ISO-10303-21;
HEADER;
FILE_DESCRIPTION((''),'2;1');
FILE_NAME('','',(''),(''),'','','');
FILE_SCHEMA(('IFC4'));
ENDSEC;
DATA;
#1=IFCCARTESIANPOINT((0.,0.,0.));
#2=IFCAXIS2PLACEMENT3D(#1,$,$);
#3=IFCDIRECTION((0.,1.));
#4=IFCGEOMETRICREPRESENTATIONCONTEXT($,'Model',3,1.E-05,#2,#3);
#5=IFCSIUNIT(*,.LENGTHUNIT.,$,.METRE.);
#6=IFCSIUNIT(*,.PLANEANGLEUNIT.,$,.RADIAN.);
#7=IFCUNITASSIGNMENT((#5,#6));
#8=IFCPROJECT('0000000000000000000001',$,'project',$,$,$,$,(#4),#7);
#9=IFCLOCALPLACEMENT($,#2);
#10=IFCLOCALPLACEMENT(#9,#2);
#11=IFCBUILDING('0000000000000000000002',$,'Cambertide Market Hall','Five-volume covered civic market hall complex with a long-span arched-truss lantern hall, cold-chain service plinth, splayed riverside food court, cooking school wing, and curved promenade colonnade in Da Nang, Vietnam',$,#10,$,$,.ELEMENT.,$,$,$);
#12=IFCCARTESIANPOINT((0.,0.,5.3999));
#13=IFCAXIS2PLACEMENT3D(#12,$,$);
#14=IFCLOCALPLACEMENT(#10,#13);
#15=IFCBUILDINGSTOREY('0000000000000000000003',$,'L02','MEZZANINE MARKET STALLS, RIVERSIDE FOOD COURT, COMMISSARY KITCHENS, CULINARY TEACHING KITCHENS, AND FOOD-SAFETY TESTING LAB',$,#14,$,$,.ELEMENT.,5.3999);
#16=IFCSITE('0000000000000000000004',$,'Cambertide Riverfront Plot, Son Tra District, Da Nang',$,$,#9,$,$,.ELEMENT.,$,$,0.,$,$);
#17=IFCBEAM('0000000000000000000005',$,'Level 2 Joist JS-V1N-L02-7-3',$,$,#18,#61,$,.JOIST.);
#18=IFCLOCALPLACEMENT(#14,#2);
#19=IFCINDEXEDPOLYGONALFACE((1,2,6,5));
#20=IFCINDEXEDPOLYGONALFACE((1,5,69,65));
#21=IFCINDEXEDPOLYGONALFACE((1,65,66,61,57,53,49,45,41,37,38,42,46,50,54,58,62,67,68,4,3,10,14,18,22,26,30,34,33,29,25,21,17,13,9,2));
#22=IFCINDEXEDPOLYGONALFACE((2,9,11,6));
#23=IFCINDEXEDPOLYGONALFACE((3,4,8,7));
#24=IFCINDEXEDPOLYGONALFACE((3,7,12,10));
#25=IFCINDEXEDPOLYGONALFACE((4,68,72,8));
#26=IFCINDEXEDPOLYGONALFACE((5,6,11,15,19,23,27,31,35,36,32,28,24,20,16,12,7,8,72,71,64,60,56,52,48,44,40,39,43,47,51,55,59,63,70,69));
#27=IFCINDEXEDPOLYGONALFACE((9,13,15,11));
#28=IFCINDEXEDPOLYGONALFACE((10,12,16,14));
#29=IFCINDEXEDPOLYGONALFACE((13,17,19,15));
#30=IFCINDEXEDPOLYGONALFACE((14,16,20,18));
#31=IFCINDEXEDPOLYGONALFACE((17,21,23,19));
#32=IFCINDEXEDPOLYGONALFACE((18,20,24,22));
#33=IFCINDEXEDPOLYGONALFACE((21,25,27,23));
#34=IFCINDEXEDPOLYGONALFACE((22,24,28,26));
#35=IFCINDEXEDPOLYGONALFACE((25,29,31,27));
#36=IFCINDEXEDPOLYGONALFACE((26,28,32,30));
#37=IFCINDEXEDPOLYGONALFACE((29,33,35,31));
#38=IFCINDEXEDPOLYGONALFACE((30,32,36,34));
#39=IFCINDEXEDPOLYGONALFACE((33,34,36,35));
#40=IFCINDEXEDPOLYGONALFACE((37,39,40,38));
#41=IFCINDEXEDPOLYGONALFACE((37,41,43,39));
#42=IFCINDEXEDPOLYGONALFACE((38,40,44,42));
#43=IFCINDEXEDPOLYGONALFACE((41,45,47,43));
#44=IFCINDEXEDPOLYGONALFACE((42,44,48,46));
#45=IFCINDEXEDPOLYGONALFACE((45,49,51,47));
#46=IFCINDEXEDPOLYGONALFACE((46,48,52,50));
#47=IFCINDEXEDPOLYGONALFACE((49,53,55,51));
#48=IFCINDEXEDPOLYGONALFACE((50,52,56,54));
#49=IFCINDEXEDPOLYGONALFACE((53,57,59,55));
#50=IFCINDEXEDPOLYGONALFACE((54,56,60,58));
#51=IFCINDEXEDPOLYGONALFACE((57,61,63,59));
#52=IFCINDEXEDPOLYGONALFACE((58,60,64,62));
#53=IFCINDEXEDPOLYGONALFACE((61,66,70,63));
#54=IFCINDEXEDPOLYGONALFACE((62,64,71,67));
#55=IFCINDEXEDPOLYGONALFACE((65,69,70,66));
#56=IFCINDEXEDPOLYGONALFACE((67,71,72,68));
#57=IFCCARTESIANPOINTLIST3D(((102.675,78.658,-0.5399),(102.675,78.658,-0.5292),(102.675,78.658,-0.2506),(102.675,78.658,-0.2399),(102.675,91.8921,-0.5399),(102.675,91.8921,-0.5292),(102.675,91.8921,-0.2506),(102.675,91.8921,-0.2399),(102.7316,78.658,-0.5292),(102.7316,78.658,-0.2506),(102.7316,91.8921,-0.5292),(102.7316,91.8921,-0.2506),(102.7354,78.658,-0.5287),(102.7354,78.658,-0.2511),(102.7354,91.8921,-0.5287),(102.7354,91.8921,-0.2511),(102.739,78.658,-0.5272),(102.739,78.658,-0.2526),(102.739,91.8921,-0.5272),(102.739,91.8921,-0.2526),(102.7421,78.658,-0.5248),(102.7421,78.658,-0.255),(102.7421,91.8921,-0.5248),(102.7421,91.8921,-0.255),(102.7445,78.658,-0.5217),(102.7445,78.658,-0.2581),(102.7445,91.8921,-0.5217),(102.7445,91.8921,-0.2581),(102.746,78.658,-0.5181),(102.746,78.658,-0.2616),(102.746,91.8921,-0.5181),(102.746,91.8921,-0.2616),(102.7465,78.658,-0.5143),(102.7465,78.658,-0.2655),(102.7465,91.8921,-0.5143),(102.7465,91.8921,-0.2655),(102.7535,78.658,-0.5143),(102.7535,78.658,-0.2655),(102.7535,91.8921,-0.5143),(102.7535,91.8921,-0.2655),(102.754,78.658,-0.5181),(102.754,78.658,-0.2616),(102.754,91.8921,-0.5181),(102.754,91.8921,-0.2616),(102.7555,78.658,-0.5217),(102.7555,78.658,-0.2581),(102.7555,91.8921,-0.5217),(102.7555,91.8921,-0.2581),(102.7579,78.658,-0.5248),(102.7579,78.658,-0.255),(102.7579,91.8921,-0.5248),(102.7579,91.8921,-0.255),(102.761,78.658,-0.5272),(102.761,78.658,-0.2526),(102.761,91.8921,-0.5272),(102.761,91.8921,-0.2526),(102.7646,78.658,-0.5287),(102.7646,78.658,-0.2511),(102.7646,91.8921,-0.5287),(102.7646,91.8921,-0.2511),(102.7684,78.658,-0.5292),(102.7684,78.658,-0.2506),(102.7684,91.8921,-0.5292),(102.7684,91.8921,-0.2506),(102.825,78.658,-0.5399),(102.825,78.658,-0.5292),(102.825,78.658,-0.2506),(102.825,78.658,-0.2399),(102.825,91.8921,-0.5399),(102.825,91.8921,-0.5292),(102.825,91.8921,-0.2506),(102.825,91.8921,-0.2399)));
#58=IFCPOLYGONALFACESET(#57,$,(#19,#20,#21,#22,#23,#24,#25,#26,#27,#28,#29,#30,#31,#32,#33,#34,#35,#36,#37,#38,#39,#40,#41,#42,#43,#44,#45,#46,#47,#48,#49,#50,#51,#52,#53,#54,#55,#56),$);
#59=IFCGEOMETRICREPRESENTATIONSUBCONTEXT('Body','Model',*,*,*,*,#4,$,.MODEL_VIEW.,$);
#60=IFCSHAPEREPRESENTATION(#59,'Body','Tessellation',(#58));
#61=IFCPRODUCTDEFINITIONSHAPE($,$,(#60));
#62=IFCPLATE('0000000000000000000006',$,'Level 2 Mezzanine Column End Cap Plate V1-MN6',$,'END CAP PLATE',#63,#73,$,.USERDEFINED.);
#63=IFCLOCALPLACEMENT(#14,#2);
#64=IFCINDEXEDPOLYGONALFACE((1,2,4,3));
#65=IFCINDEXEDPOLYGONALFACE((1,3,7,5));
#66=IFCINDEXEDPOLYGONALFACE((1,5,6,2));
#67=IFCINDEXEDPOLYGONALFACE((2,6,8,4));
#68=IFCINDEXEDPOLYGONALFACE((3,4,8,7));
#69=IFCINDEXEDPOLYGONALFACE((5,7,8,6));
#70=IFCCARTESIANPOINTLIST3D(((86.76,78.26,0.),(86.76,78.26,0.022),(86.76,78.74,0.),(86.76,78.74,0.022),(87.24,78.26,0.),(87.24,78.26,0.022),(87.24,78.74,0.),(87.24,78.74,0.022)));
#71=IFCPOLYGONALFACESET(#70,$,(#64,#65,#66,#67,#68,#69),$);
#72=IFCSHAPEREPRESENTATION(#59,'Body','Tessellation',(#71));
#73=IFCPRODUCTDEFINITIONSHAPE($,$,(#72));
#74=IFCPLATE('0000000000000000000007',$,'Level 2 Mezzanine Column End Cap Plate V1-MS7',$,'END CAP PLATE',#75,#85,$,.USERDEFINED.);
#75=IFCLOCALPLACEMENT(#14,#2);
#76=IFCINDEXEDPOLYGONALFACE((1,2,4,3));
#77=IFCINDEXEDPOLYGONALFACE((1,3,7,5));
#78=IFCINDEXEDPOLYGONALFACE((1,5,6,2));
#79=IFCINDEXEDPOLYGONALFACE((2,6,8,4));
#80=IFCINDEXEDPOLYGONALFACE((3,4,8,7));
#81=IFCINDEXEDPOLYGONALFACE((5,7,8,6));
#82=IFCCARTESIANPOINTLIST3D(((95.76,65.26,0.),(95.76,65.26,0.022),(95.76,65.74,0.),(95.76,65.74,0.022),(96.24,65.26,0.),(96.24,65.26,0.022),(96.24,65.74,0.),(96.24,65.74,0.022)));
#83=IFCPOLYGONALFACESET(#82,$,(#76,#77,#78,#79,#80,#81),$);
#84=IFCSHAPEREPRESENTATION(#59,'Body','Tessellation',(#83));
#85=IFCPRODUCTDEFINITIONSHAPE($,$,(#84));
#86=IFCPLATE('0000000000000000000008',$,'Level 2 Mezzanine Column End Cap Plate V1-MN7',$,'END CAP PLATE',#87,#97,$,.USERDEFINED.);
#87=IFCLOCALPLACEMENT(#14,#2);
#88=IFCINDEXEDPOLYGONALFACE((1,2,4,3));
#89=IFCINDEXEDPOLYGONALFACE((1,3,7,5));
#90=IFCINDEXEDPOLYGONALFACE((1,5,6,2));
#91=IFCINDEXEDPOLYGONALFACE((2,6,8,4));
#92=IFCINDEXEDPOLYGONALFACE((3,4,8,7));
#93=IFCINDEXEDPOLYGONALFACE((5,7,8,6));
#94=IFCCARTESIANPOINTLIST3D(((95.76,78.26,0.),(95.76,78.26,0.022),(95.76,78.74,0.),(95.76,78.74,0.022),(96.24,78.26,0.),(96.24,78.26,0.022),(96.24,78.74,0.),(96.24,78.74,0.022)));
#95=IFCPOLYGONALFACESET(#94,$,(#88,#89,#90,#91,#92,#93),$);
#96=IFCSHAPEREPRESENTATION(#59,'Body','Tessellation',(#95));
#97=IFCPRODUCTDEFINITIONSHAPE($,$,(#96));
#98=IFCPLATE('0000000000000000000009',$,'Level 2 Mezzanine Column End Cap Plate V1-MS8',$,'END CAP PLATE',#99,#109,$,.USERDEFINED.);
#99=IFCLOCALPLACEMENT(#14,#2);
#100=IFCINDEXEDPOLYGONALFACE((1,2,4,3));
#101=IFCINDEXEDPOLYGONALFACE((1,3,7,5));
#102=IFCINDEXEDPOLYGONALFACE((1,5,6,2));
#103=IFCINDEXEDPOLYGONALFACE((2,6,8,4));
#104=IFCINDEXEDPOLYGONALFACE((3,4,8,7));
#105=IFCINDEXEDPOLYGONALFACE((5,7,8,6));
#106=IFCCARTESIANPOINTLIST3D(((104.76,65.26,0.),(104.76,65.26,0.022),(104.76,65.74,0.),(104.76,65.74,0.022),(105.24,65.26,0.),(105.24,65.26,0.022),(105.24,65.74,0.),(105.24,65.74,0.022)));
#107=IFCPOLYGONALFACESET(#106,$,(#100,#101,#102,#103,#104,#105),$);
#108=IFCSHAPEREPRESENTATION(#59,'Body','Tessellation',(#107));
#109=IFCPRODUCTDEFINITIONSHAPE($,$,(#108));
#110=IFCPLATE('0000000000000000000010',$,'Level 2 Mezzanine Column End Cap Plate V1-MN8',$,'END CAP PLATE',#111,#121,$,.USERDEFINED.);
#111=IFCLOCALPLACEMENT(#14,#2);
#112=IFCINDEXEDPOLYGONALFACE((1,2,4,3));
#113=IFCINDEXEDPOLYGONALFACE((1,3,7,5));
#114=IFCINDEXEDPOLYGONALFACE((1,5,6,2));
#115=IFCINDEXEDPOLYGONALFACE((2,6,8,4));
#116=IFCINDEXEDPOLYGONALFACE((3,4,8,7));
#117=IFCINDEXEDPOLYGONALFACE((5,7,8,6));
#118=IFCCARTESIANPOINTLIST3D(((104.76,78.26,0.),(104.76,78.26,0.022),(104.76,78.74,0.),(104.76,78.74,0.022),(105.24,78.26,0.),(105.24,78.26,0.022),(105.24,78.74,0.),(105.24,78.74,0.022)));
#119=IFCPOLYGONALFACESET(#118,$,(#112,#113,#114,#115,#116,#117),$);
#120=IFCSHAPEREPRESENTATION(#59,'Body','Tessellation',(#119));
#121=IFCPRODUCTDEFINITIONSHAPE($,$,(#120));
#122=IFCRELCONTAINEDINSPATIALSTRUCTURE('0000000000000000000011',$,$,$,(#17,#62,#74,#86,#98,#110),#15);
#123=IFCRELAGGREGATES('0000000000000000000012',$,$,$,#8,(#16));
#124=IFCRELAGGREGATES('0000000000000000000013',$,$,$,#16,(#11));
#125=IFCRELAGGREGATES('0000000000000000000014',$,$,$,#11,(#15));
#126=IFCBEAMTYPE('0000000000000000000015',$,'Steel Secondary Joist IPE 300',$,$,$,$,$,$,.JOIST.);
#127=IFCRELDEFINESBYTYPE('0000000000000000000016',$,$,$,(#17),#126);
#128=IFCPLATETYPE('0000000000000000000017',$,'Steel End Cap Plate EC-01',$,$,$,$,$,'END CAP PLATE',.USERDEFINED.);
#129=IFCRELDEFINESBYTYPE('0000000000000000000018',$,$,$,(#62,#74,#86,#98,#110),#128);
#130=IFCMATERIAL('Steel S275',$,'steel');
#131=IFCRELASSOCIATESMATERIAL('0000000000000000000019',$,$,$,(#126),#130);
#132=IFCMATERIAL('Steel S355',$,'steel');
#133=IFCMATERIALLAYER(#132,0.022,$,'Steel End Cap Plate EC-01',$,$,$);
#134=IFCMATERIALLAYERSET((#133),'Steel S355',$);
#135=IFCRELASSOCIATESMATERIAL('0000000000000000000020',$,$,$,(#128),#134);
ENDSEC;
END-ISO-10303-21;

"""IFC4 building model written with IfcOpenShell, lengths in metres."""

from ifc_helpers import new_model, si_unit, direction, frame, origin, origin_2d, place, context, subcontext, project, spatial, rectangle, i_section, extrude, material, layer, layer_set, material_profile, profile_set, type_object, element, save


model = new_model("IFC4")

# Units and contexts
model_context = context("Model", 3, precision=1e-05, world=origin(), true_north=direction((0.0, 1.0)))
body_context = subcontext(model_context, "Body", "Model", "MODEL_VIEW")
ifc_project = project(units=[si_unit("LENGTHUNIT", "METRE"), si_unit("PLANEANGLEUNIT", "RADIAN")], contexts=[model_context])

# Site, building, storey
site_placement = place(None, origin())
site = spatial("IfcSite", under=ifc_project, at=site_placement, Name="Cambertide Riverfront Plot, Son Tra District, Da Nang", CompositionType="ELEMENT", RefElevation=0.0)
building_placement = place(site_placement, origin())
building = spatial("IfcBuilding", under=site, at=building_placement, Name="Cambertide Market Hall", Description="Five-volume covered civic market hall complex with a long-span arched-truss lantern hall, cold-chain service plinth, splayed riverside food court, cooking school wing, and curved promenade colonnade in Da Nang, Vietnam", CompositionType="ELEMENT")
storey_placement = place(building_placement, frame((0.0, 0.0, 5.3999)))
storey = spatial("IfcBuildingStorey", under=building, at=storey_placement, Name="L02", Description="MEZZANINE MARKET STALLS, RIVERSIDE FOOD COURT, COMMISSARY KITCHENS, CULINARY TEACHING KITCHENS, AND FOOD-SAFETY TESTING LAB", CompositionType="ELEMENT", Elevation=5.3999)

# Beam
ifc_material_1 = material(Name="Steel S275", Category="steel")
ifc_material_profile_1 = material_profile(ifc_material_1, i_section(OverallWidth=0.1499, OverallDepth=0.3, WebThickness=0.0071, FlangeThickness=0.0107, FilletRadius=0.0149, at=origin_2d()), Name="IPE 300")
ifc_profile_set_1 = profile_set([ifc_material_profile_1], Name="Steel S275")
beam_type_1 = type_object("IfcBeamType", Name="Steel Secondary Joist IPE 300", PredefinedType="JOIST", material=ifc_profile_set_1)
for number, where, z_axis, x_axis, name in (
    (1, (102.75, 78.658, -0.3899), (0.0, 1.0, 0.0), (-1.0, 0.0, 0.0), "Level 2 Joist JS-V1N-L02-7-3"),
):
    element("IfcBeam", number, at=place(storey_placement, frame(where, z_axis=z_axis, x_axis=x_axis)), inside=storey, type_object=beam_type_1, Name=name, PredefinedType="JOIST", context=body_context, shape_type="SweptSolid", body=[
        extrude(i_section(OverallWidth=0.1499, OverallDepth=0.3, WebThickness=0.0071, FlangeThickness=0.0107, FilletRadius=0.0149, at=origin_2d()), origin(), (0.0, 0.0, 1.0), 13.2341),
    ])

# Plates
ifc_material_2 = material(Name="Steel S355", Category="steel")
ifc_layer = layer(ifc_material_2, 0.022, Name="Steel End Cap Plate EC-01")
ifc_layer_set = layer_set([ifc_layer], Name="Steel S355")
plate_type = type_object("IfcPlateType", Name="Steel End Cap Plate EC-01", ElementType="END CAP PLATE", PredefinedType="USERDEFINED", material=ifc_layer_set)
for number, where, z_axis, x_axis, name in (
    (2, (87.0, 78.5, 0.0), (0.0, 0.0, 1.0), (1.0, 0.0, 0.0), "Level 2 Mezzanine Column End Cap Plate V1-MN6"),
    (3, (96.0, 65.5, 0.0), (0.0, 0.0, 1.0), (1.0, 0.0, 0.0), "Level 2 Mezzanine Column End Cap Plate V1-MS7"),
    (4, (96.0, 78.5, 0.0), (0.0, 0.0, 1.0), (1.0, 0.0, 0.0), "Level 2 Mezzanine Column End Cap Plate V1-MN7"),
    (5, (105.0, 65.5, 0.0), (0.0, 0.0, 1.0), (1.0, 0.0, 0.0), "Level 2 Mezzanine Column End Cap Plate V1-MS8"),
    (6, (105.0, 78.5, 0.0), (0.0, 0.0, 1.0), (1.0, 0.0, 0.0), "Level 2 Mezzanine Column End Cap Plate V1-MN8"),
):
    element("IfcPlate", number, at=place(storey_placement, frame(where, z_axis=z_axis, x_axis=x_axis)), inside=storey, type_object=plate_type, Name=name, ObjectType="END CAP PLATE", PredefinedType="USERDEFINED", context=body_context, shape_type="SweptSolid", body=[
        extrude(rectangle(XDim=0.48, YDim=0.48, at=origin_2d()), origin(), (0.0, 0.0, 1.0), 0.022),
    ])

save(model, "model.ifc")
